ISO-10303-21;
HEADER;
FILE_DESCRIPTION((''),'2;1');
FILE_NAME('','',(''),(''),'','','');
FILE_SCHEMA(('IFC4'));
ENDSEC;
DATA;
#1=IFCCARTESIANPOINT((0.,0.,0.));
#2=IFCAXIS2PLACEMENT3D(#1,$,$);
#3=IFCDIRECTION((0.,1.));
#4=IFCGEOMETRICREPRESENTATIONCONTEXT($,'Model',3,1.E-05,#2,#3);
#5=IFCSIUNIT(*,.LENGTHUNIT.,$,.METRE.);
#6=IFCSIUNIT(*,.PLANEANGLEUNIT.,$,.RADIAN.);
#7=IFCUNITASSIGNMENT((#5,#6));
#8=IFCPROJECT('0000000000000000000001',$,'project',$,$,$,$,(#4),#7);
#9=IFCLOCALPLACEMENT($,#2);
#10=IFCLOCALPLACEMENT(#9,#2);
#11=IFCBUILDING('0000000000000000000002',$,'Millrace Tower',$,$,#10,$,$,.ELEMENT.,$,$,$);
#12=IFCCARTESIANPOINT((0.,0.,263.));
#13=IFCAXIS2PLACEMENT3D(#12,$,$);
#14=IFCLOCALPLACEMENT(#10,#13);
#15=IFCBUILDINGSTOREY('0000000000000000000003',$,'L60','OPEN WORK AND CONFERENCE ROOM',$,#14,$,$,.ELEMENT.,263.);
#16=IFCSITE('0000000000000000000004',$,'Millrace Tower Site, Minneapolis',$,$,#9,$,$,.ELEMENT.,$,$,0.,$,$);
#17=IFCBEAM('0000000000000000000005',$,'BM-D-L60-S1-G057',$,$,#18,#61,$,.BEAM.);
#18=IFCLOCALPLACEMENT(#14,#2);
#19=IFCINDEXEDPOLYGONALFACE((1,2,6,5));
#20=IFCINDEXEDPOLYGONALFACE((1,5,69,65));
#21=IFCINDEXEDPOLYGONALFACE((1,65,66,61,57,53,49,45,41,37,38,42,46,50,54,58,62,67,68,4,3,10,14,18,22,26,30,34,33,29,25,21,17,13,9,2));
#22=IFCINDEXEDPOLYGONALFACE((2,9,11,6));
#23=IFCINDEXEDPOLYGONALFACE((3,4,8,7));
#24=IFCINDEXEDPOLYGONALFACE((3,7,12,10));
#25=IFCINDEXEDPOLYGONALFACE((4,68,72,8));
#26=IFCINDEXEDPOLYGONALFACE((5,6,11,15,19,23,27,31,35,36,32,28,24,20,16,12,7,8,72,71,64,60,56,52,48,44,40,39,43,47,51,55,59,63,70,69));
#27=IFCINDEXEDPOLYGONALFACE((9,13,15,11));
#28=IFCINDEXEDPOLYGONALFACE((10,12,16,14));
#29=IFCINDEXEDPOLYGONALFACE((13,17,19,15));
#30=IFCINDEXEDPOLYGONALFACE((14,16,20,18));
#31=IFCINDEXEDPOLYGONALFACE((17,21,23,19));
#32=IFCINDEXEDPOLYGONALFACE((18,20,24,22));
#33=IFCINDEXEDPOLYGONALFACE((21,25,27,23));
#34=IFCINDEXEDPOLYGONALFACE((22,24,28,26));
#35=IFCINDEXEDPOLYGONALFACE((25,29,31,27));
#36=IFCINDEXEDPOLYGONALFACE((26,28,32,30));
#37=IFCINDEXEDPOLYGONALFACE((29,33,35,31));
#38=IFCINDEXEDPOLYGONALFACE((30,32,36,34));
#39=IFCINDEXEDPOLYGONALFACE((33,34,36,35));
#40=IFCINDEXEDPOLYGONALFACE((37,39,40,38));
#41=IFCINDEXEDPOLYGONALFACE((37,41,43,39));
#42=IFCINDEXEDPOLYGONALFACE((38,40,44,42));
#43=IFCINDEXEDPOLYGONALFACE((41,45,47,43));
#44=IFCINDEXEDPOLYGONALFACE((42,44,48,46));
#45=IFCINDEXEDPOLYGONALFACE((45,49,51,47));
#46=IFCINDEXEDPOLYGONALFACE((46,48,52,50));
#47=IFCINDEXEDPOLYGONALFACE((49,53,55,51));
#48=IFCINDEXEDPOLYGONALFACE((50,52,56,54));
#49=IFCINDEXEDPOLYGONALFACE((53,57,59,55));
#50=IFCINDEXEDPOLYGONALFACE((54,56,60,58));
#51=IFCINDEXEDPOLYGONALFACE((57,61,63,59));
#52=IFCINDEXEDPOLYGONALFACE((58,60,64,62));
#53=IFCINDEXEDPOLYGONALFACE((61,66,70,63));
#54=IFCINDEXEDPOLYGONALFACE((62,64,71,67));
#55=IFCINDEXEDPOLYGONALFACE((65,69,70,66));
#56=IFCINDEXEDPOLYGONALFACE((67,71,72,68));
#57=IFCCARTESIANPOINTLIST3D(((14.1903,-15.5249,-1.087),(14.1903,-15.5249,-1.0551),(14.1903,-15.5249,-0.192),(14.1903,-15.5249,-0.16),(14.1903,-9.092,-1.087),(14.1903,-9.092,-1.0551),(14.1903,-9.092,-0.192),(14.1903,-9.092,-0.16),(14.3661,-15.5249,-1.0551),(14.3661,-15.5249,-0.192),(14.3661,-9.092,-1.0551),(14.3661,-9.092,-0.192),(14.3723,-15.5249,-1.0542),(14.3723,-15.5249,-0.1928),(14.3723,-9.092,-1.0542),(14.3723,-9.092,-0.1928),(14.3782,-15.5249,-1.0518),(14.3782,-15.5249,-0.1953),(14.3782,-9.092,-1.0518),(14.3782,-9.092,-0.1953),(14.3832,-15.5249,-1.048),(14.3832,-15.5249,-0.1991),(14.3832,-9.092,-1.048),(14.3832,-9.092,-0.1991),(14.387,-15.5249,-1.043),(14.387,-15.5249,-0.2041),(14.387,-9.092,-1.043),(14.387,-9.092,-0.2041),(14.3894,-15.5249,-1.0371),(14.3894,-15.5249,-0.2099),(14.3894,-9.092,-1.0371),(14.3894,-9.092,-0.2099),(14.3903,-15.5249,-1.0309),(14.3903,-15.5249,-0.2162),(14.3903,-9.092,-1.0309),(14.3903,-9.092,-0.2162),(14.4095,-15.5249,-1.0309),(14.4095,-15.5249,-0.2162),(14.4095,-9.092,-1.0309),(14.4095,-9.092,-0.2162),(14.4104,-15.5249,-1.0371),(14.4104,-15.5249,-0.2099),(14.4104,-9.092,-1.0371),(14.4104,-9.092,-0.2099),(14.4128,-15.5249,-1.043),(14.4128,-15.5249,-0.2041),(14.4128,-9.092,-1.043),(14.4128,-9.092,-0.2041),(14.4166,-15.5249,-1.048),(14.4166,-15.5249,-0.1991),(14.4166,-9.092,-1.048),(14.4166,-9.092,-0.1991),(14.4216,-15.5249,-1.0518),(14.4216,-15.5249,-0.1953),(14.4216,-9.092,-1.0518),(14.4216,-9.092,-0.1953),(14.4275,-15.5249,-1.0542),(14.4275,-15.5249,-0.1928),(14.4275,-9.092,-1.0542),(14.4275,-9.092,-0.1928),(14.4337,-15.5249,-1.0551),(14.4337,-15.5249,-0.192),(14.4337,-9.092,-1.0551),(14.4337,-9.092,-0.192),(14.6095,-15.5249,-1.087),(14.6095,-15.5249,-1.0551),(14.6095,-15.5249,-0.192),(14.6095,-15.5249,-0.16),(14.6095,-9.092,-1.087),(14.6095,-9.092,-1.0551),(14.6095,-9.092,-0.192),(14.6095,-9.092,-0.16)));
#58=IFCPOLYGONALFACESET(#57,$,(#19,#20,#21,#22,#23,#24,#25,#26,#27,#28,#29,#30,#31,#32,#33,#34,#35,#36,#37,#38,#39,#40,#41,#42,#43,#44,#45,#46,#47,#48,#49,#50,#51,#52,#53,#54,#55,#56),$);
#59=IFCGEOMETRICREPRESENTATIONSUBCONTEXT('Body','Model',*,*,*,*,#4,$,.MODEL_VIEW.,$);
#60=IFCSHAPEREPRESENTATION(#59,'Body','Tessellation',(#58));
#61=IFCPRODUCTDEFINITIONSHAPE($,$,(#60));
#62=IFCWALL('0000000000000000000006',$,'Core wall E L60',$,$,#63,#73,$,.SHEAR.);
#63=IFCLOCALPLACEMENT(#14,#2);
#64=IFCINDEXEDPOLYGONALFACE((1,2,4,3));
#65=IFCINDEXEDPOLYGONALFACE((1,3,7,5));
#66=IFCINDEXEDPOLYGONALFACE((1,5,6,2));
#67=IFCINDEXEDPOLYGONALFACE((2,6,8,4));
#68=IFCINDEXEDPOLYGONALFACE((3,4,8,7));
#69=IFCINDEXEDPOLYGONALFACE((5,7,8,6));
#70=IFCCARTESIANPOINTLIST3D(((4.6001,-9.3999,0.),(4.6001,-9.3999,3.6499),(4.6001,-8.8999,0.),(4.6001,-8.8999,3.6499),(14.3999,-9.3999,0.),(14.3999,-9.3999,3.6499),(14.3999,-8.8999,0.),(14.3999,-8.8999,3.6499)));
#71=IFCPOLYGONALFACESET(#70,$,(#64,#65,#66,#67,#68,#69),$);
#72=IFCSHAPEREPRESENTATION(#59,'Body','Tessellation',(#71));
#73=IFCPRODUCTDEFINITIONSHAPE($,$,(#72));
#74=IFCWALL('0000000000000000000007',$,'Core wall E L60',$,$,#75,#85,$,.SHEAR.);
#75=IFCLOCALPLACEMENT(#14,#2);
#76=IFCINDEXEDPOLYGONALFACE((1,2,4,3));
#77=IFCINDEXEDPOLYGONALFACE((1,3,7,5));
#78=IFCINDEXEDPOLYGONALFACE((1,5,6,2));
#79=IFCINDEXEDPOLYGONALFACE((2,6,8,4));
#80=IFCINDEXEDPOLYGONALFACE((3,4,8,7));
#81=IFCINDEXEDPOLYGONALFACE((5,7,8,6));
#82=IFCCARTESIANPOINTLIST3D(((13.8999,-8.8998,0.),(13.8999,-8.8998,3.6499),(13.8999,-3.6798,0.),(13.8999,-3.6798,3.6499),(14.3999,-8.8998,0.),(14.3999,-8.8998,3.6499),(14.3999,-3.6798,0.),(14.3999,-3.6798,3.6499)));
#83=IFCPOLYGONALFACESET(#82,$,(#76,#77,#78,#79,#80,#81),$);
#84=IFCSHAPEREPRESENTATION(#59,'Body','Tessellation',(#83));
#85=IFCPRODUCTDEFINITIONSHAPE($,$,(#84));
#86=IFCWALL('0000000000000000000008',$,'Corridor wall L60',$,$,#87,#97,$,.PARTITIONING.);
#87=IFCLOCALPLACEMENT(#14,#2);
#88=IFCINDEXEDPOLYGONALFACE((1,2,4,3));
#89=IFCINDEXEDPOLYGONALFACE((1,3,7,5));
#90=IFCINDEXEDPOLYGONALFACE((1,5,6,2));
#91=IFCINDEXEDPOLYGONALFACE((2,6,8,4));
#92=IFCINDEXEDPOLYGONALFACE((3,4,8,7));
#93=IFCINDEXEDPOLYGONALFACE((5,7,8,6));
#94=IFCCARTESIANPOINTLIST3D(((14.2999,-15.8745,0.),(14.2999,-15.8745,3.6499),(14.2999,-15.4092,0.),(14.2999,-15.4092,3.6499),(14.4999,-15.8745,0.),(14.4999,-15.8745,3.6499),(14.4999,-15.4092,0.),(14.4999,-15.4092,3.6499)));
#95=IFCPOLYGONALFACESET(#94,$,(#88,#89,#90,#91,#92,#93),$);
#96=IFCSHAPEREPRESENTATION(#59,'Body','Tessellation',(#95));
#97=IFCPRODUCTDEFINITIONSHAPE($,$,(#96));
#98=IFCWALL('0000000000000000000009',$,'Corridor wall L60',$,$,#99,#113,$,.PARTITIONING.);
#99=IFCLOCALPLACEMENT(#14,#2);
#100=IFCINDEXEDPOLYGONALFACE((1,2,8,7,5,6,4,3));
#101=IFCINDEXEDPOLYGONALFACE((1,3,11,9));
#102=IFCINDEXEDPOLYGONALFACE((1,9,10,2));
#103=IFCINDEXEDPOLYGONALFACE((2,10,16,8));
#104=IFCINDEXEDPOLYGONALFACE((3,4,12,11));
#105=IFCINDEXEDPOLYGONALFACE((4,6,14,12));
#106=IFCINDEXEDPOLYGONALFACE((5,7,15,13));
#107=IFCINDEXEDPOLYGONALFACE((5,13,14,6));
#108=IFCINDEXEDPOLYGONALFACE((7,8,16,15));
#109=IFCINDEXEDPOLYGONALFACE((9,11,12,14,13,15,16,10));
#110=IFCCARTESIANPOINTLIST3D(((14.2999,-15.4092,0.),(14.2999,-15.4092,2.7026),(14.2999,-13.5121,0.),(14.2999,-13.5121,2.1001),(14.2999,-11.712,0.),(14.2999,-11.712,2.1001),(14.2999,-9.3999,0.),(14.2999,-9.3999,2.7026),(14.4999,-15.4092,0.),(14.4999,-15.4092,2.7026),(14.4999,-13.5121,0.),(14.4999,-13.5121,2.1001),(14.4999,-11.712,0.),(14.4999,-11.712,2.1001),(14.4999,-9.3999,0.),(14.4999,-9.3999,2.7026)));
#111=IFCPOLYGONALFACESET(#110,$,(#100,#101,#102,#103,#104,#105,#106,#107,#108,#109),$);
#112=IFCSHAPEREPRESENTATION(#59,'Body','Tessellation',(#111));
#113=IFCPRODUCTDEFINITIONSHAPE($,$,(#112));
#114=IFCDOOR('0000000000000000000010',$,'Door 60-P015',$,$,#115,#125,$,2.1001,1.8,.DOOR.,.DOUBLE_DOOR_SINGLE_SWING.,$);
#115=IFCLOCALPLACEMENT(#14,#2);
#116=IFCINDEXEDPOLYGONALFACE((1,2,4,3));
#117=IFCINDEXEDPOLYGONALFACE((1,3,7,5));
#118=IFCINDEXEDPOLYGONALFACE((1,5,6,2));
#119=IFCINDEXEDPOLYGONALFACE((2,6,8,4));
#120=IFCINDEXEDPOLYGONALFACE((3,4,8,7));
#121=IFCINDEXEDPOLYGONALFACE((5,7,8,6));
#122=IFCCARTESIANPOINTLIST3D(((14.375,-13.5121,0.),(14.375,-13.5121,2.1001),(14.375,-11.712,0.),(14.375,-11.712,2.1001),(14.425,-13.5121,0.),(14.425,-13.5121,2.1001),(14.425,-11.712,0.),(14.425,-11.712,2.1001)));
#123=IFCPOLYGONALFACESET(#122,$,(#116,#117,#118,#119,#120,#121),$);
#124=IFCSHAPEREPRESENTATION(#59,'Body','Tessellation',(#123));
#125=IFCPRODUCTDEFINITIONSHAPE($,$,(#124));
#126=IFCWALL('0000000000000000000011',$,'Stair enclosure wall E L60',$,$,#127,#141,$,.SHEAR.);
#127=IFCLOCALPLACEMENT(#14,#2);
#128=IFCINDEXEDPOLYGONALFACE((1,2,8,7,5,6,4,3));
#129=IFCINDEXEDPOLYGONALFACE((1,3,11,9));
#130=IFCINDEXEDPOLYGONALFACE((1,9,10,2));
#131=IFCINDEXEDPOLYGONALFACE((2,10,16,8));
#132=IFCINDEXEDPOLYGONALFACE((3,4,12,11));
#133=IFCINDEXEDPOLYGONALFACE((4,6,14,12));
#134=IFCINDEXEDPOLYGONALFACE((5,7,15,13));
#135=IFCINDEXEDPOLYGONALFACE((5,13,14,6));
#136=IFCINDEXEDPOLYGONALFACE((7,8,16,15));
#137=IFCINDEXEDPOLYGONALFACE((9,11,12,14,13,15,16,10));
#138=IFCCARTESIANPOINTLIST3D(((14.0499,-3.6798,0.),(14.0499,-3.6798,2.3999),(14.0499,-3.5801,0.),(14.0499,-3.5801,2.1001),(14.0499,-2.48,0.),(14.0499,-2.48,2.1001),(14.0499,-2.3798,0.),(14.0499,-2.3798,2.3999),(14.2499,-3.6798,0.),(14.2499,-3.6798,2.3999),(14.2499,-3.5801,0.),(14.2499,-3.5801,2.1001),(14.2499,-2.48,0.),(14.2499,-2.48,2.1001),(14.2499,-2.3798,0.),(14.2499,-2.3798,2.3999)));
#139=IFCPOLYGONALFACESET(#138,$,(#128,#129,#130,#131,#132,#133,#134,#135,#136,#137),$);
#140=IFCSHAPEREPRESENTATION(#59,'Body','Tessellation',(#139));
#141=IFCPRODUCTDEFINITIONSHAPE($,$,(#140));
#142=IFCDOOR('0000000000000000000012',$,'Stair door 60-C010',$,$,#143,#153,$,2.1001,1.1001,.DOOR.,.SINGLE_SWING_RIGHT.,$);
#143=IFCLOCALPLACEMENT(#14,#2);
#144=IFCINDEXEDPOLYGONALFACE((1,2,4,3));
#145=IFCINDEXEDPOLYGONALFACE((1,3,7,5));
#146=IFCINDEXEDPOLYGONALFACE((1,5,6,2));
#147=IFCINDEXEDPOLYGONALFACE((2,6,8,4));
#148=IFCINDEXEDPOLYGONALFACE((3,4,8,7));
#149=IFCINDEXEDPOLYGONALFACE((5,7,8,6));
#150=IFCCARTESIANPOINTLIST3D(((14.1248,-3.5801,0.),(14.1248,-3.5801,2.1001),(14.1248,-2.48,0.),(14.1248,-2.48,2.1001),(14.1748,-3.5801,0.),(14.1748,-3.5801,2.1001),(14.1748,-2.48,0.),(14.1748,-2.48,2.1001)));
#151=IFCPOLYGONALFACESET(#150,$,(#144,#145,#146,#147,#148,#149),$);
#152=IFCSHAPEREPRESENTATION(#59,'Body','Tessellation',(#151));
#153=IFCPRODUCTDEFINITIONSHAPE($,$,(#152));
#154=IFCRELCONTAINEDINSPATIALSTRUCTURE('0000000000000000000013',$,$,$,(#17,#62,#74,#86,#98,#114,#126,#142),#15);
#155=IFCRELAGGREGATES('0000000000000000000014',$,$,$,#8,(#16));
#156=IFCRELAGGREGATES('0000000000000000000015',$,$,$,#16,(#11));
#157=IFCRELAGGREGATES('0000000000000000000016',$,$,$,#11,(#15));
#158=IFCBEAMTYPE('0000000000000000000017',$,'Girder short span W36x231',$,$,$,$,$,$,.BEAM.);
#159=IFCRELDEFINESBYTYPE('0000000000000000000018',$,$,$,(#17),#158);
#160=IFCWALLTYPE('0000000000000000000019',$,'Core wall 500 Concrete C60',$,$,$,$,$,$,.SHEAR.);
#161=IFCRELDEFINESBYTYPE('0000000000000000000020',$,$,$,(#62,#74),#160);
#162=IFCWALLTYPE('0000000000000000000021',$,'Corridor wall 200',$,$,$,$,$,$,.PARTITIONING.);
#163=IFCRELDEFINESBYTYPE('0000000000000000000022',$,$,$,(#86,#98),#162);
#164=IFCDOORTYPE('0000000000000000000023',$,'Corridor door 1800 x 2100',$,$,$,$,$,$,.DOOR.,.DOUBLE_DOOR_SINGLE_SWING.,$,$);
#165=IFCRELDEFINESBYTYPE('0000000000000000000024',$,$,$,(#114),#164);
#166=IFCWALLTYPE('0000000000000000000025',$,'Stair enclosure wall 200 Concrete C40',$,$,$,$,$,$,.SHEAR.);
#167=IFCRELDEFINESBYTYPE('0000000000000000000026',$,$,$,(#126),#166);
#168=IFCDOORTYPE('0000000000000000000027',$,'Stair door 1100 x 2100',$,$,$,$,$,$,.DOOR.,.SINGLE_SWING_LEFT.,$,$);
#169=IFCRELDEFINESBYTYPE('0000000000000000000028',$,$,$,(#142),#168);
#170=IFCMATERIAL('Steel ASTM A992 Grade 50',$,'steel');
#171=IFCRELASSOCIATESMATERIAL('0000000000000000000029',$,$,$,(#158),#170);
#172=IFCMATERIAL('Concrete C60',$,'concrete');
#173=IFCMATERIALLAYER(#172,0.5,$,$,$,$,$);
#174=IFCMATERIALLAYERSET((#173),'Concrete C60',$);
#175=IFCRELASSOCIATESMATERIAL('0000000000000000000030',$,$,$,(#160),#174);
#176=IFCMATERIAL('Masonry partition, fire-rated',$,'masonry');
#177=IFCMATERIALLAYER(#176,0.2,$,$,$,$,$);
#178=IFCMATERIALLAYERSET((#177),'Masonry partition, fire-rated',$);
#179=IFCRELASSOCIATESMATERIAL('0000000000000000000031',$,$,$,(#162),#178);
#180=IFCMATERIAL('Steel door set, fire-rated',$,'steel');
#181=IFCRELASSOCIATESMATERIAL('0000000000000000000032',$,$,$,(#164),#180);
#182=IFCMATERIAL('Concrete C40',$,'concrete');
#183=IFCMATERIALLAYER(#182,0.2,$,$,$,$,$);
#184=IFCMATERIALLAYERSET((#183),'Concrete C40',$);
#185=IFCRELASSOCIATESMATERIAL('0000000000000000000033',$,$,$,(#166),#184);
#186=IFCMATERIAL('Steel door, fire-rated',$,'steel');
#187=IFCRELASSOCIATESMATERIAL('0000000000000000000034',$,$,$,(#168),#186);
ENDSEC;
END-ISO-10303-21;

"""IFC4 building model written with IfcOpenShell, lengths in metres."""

from ifc_helpers import new_model, si_unit, direction, frame, frame_2d, origin, origin_2d, place, context, subcontext, project, spatial, rectangle, i_section, extrude, material, layer, layer_set, material_profile, profile_set, type_object, element, fill, save


model = new_model("IFC4")

# Units and contexts
model_context = context("Model", 3, precision=1e-05, world=origin(), true_north=direction((0.0, 1.0)))
body_context = subcontext(model_context, "Body", "Model", "MODEL_VIEW")
ifc_project = project(units=[si_unit("LENGTHUNIT", "METRE"), si_unit("PLANEANGLEUNIT", "RADIAN")], contexts=[model_context])

# Site, building, storey
site_placement = place(None, origin())
site = spatial("IfcSite", under=ifc_project, at=site_placement, Name="Millrace Tower Site, Minneapolis", CompositionType="ELEMENT", RefElevation=0.0)
building_placement = place(site_placement, origin())
building = spatial("IfcBuilding", under=site, at=building_placement, Name="Millrace Tower", CompositionType="ELEMENT")
storey_placement = place(building_placement, frame((0.0, 0.0, 263.0)))
storey = spatial("IfcBuildingStorey", under=building, at=storey_placement, Name="L60", Description="OPEN WORK AND CONFERENCE ROOM", CompositionType="ELEMENT", Elevation=263.0)

# Beam
ifc_material_1 = material(Name="Steel ASTM A992 Grade 50", Category="steel")
ifc_material_profile_1 = material_profile(ifc_material_1, i_section(OverallWidth=0.4192, OverallDepth=0.927, WebThickness=0.0193, FlangeThickness=0.032, FilletRadius=0.0242, at=origin_2d()))
ifc_profile_set_1 = profile_set([ifc_material_profile_1], Name="Steel ASTM A992 Grade 50")
beam_type_1 = type_object("IfcBeamType", Name="Girder short span W36x231", PredefinedType="BEAM", material=ifc_profile_set_1)
beam_1_placement = place(storey_placement, frame((14.3999, -15.5249, -0.6235), z_axis=(0.0, 1.0, 0.0), x_axis=(-1.0, 0.0, 0.0)))
element("IfcBeam", 1, at=beam_1_placement, inside=storey, type_object=beam_type_1, Name="BM-D-L60-S1-G057", PredefinedType="BEAM", context=body_context, shape_type="SweptSolid", body=[
    extrude(i_section(OverallWidth=0.4192, OverallDepth=0.927, WebThickness=0.0193, FlangeThickness=0.032, FilletRadius=0.0242, at=origin_2d()), origin(), (0.0, 0.0, 1.0), 6.4329),
])

# Walls
ifc_material_2 = material(Name="Concrete C60", Category="concrete")
ifc_layer_1 = layer(ifc_material_2, 0.5)
ifc_layer_set_1 = layer_set([ifc_layer_1], Name="Concrete C60")
wall_type_1 = type_object("IfcWallType", Name="Core wall 500 Concrete C60", PredefinedType="SHEAR", material=ifc_layer_set_1)
wall_1_placement = place(storey_placement, frame((14.3999, -9.1499, 0.0), z_axis=(0.0, 0.0, 1.0), x_axis=(-1.0, 0.0, 0.0)))
element("IfcWall", 2, at=wall_1_placement, inside=storey, type_object=wall_type_1, Name="Core wall E L60", PredefinedType="SHEAR", context=body_context, shape_type="SweptSolid", body=[
    extrude(rectangle(XDim=9.7998, YDim=0.5, at=frame_2d((4.8999, 0.0))), origin(), (0.0, 0.0, 1.0), 3.6499),
])
wall_2_placement = place(storey_placement, frame((14.1499, -3.6799, 0.0), z_axis=(0.0, 0.0, 1.0), x_axis=(0.0, -1.0, 0.0)))
element("IfcWall", 3, at=wall_2_placement, inside=storey, type_object=wall_type_1, Name="Core wall E L60", PredefinedType="SHEAR", context=body_context, shape_type="SweptSolid", body=[
    extrude(rectangle(XDim=5.22, YDim=0.5, at=frame_2d((2.6099, 0.0))), origin(), (0.0, 0.0, 1.0), 3.6499),
])
ifc_material_3 = material(Name="Masonry partition, fire-rated", Category="masonry")
ifc_layer_2 = layer(ifc_material_3, 0.2)
ifc_layer_set_2 = layer_set([ifc_layer_2], Name="Masonry partition, fire-rated")
wall_type_2 = type_object("IfcWallType", Name="Corridor wall 200", PredefinedType="PARTITIONING", material=ifc_layer_set_2)
wall_3_placement = place(storey_placement, frame((14.3999, -15.8745, 0.0), z_axis=(0.0, 0.0, 1.0), x_axis=(0.0, 1.0, 0.0)))
element("IfcWall", 4, at=wall_3_placement, inside=storey, type_object=wall_type_2, Name="Corridor wall L60", PredefinedType="PARTITIONING", context=body_context, shape_type="SweptSolid", body=[
    extrude(rectangle(XDim=0.4653, YDim=0.2, at=frame_2d((0.2327, 0.0))), origin(), (0.0, 0.0, 1.0), 3.6499),
])

# Walls, openings, doors
wall_4_placement = place(storey_placement, frame((14.3999, -15.4092, 0.0), z_axis=(0.0, 0.0, 1.0), x_axis=(0.0, 1.0, 0.0)))
wall_4 = element("IfcWall", 5, at=wall_4_placement, inside=storey, type_object=wall_type_2, Name="Corridor wall L60", PredefinedType="PARTITIONING", context=body_context, shape_type="SweptSolid", body=[
    extrude(rectangle(XDim=6.0093, YDim=0.2, at=frame_2d((3.0046, 0.0))), origin(), (0.0, 0.0, 1.0), 2.7026),
])
opening_1_placement = place(wall_4_placement, frame((1.8972, 0.0, 0.0)))
opening_1 = element("IfcOpeningElement", 6, at=opening_1_placement, cuts=wall_4, PredefinedType="OPENING", context=body_context, shape_type="SweptSolid", body=[
    extrude(rectangle(XDim=1.8, YDim=2.1001, at=frame_2d((0.8999, 1.05))), frame((0.0, 0.1099, 0.0), z_axis=(0.0, -1.0, 0.0), x_axis=(1.0, 0.0, 0.0)), (0.0, 0.0, 1.0), 0.22),
])
ifc_material_4 = material(Name="Steel door set, fire-rated", Category="steel")
door_type_1 = type_object("IfcDoorType", Name="Corridor door 1800 x 2100", OperationType="DOUBLE_DOOR_SINGLE_SWING", PredefinedType="DOOR", material=ifc_material_4)
door_1_placement = place(opening_1_placement, origin())
door_1 = element("IfcDoor", 7, at=door_1_placement, inside=storey, type_object=door_type_1, Name="Door 60-P015", OperationType="DOUBLE_DOOR_SINGLE_SWING", OverallHeight=2.1001, OverallWidth=1.8, PredefinedType="DOOR", context=body_context, shape_type="SweptSolid", body=[
    extrude(rectangle(XDim=1.8, YDim=2.1001, at=frame_2d((0.8999, 1.05))), frame((0.0, 0.0249, 0.0), z_axis=(0.0, -1.0, 0.0), x_axis=(1.0, 0.0, 0.0)), (0.0, 0.0, 1.0), 0.05),
])
fill(opening_1, door_1)
ifc_material_5 = material(Name="Concrete C40", Category="concrete")
ifc_layer_3 = layer(ifc_material_5, 0.2)
ifc_layer_set_3 = layer_set([ifc_layer_3], Name="Concrete C40")
wall_type_3 = type_object("IfcWallType", Name="Stair enclosure wall 200 Concrete C40", PredefinedType="SHEAR", material=ifc_layer_set_3)
wall_5_placement = place(storey_placement, frame((14.1499, -2.3799, 0.0), z_axis=(0.0, 0.0, 1.0), x_axis=(0.0, -1.0, 0.0)))
wall_5 = element("IfcWall", 8, at=wall_5_placement, inside=storey, type_object=wall_type_3, Name="Stair enclosure wall E L60", PredefinedType="SHEAR", context=body_context, shape_type="SweptSolid", body=[
    extrude(rectangle(XDim=1.3, YDim=0.2, at=frame_2d((0.6499, 0.0))), origin(), (0.0, 0.0, 1.0), 2.3999),
])
opening_2_placement = place(wall_5_placement, frame((0.1001, 0.0, 0.0)))
opening_2 = element("IfcOpeningElement", 9, at=opening_2_placement, cuts=wall_5, PredefinedType="OPENING", context=body_context, shape_type="SweptSolid", body=[
    extrude(rectangle(XDim=1.1001, YDim=2.1001, at=frame_2d((0.55, 1.05))), frame((0.0, 0.1099, 0.0), z_axis=(0.0, -1.0, 0.0), x_axis=(1.0, 0.0, 0.0)), (0.0, 0.0, 1.0), 0.22),
])
ifc_material_6 = material(Name="Steel door, fire-rated", Category="steel")
door_type_2 = type_object("IfcDoorType", Name="Stair door 1100 x 2100", OperationType="SINGLE_SWING_LEFT", PredefinedType="DOOR", material=ifc_material_6)
door_2_placement = place(opening_2_placement, origin())
door_2 = element("IfcDoor", 10, at=door_2_placement, inside=storey, type_object=door_type_2, Name="Stair door 60-C010", OperationType="SINGLE_SWING_RIGHT", OverallHeight=2.1001, OverallWidth=1.1001, PredefinedType="DOOR", context=body_context, shape_type="SweptSolid", body=[
    extrude(rectangle(XDim=1.1001, YDim=2.1001, at=frame_2d((0.55, 1.05))), frame((0.0, 0.0249, 0.0), z_axis=(0.0, -1.0, 0.0), x_axis=(1.0, 0.0, 0.0)), (0.0, 0.0, 1.0), 0.05),
])
fill(opening_2, door_2)

save(model, "model.ifc")
